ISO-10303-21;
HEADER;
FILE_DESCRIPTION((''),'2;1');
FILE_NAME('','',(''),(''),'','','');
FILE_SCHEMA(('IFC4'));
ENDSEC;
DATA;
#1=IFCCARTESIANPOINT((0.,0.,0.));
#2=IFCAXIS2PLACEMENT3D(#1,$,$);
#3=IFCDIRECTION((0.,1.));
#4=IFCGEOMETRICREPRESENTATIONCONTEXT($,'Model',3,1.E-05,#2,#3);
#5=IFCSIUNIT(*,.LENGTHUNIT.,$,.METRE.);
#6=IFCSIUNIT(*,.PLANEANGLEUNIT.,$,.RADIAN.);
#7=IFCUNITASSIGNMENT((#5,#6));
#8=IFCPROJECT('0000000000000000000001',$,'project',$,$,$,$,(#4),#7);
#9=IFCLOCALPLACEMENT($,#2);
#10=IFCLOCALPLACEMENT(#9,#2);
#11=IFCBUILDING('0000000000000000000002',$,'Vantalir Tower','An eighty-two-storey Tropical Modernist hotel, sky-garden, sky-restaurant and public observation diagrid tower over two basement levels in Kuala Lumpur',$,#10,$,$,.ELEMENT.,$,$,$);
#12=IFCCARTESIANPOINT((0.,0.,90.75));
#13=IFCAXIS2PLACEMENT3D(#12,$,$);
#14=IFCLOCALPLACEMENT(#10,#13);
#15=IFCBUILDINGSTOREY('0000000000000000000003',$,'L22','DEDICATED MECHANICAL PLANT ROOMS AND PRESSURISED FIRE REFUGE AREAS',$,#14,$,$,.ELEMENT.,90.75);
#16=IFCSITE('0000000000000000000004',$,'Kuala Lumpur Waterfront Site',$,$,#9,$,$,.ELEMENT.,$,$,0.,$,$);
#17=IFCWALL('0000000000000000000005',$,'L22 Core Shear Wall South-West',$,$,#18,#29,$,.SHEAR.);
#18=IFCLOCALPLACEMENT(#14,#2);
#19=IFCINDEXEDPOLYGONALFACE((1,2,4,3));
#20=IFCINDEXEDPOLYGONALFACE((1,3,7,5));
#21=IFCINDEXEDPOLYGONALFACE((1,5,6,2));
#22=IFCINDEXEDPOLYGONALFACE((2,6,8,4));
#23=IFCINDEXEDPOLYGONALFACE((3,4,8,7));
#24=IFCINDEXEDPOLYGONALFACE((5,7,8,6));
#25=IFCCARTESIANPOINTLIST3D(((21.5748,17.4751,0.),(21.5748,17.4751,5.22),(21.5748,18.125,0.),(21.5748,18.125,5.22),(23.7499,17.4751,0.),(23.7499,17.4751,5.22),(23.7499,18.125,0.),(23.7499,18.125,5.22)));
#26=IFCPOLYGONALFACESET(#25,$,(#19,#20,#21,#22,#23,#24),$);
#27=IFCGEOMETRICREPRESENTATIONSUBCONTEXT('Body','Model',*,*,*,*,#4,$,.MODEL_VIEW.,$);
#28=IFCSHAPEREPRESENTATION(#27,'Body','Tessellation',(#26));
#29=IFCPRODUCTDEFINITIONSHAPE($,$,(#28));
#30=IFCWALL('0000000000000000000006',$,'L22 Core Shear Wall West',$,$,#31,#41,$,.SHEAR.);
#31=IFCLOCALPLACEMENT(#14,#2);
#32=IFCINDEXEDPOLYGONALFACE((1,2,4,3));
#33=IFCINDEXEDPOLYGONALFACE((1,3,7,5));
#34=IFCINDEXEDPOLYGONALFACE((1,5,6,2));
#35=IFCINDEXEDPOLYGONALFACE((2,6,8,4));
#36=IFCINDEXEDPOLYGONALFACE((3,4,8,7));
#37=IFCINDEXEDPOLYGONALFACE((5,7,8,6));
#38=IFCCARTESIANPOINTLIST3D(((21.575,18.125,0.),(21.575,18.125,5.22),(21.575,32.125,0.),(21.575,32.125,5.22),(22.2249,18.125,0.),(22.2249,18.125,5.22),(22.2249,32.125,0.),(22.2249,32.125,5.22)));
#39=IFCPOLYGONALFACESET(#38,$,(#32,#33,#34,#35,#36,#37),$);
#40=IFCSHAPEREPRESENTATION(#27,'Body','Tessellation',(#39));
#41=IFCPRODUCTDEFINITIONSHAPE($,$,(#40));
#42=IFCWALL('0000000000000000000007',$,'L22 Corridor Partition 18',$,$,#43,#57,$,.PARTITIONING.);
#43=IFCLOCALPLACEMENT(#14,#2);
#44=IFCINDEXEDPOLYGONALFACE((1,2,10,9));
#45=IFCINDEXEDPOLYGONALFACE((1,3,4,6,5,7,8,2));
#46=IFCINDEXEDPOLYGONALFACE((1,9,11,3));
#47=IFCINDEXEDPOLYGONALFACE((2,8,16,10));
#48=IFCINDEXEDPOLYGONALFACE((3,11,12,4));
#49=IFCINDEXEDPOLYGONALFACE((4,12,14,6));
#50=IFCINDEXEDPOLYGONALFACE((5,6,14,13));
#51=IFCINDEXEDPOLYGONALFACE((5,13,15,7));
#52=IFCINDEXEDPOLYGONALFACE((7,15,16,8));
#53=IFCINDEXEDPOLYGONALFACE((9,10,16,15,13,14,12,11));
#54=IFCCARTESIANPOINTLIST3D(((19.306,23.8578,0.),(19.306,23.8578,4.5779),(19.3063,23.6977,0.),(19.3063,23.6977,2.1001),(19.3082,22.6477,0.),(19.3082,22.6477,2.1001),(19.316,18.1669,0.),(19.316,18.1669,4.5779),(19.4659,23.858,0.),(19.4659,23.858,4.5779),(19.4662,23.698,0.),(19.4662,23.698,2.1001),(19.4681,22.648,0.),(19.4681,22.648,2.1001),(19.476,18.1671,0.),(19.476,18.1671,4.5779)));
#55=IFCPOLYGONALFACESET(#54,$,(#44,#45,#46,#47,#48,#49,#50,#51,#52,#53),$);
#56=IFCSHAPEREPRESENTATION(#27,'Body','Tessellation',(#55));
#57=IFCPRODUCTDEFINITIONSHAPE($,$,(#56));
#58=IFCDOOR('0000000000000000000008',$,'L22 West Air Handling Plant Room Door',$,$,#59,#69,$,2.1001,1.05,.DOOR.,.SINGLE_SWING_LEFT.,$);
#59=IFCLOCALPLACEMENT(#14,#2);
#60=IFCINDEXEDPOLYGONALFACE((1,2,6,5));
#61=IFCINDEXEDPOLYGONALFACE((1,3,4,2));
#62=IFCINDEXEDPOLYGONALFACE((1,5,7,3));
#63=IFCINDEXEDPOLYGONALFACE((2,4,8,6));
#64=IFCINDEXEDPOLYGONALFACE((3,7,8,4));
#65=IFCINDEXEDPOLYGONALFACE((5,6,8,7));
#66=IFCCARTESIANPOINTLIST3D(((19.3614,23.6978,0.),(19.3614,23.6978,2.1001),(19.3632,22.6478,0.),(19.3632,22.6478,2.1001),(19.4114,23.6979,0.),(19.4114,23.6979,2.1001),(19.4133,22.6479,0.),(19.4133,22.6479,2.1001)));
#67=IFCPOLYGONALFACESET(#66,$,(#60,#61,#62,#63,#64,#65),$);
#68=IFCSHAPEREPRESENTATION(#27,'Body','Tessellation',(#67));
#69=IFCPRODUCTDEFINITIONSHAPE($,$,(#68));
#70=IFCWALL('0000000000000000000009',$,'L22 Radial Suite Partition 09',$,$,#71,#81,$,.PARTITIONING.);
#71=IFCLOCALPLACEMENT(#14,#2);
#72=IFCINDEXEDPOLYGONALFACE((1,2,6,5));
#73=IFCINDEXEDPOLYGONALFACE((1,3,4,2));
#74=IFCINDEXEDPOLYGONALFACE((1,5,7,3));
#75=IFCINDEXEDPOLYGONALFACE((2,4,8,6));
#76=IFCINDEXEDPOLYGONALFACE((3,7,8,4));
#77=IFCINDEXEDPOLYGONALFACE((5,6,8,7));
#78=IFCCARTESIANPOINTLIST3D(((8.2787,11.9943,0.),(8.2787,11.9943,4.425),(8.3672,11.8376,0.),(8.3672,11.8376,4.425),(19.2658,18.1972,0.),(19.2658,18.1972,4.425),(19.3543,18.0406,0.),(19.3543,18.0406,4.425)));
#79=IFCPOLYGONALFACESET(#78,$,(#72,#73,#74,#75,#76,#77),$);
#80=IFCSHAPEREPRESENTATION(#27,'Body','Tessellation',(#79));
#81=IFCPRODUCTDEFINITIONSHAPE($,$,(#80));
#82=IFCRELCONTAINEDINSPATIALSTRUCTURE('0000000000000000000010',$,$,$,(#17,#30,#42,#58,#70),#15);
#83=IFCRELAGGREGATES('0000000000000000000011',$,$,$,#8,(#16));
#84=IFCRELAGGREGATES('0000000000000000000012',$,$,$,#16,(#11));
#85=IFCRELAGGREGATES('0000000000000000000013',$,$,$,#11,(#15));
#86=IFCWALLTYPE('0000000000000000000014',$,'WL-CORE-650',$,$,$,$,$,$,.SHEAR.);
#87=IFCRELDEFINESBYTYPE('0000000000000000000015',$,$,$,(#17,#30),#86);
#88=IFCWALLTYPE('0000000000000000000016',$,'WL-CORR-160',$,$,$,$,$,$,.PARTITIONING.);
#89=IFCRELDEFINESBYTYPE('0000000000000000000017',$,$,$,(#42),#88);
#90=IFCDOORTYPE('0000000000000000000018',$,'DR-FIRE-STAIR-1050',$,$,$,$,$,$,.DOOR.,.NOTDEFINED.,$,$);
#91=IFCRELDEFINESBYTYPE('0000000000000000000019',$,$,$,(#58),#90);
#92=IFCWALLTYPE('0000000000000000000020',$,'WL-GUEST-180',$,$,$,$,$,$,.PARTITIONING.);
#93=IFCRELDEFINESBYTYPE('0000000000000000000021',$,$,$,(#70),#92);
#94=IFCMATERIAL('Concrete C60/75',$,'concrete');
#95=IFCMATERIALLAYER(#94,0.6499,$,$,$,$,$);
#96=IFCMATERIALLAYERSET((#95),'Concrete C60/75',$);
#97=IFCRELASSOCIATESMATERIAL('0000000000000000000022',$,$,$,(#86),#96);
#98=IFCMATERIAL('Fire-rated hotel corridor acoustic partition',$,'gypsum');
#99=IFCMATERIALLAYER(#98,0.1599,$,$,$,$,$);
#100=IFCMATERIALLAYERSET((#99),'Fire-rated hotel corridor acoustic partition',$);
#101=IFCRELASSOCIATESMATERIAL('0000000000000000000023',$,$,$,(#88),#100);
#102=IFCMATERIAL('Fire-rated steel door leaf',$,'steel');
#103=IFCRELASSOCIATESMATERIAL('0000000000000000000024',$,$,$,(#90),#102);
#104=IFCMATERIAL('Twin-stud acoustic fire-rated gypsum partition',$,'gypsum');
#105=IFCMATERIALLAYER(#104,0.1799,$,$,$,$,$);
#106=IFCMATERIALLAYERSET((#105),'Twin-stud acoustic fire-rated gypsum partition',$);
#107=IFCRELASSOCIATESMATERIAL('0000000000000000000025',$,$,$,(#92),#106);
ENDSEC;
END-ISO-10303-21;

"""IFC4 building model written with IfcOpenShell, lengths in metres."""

from ifc_helpers import new_model, si_unit, direction, frame, frame_2d, origin, place, context, subcontext, project, spatial, rectangle, extrude, material, layer, layer_set, type_object, element, fill, save


model = new_model("IFC4")

# Units and contexts
model_context = context("Model", 3, precision=1e-05, world=origin(), true_north=direction((0.0, 1.0)))
body_context = subcontext(model_context, "Body", "Model", "MODEL_VIEW")
ifc_project = project(units=[si_unit("LENGTHUNIT", "METRE"), si_unit("PLANEANGLEUNIT", "RADIAN")], contexts=[model_context])

# Site, building, storey
site_placement = place(None, origin())
site = spatial("IfcSite", under=ifc_project, at=site_placement, Name="Kuala Lumpur Waterfront Site", CompositionType="ELEMENT", RefElevation=0.0)
building_placement = place(site_placement, origin())
building = spatial("IfcBuilding", under=site, at=building_placement, Name="Vantalir Tower", Description="An eighty-two-storey Tropical Modernist hotel, sky-garden, sky-restaurant and public observation diagrid tower over two basement levels in Kuala Lumpur", CompositionType="ELEMENT")
storey_placement = place(building_placement, frame((0.0, 0.0, 90.75)))
storey = spatial("IfcBuildingStorey", under=building, at=storey_placement, Name="L22", Description="DEDICATED MECHANICAL PLANT ROOMS AND PRESSURISED FIRE REFUGE AREAS", CompositionType="ELEMENT", Elevation=90.75)

# Shared definitions
ifc_material_1 = material(Name="Concrete C60/75", Category="concrete")

# Walls
ifc_layer_1 = layer(ifc_material_1, 0.6499)
ifc_layer_set_1 = layer_set([ifc_layer_1], Name="Concrete C60/75")
wall_type_1 = type_object("IfcWallType", Name="WL-CORE-650", PredefinedType="SHEAR", material=ifc_layer_set_1)
wall_1_placement = place(storey_placement, frame((21.575, 17.8, 0.0), z_axis=(0.0, 0.0, 1.0), x_axis=(1.0, 0.0, 0.0)))
element("IfcWall", 1, at=wall_1_placement, inside=storey, type_object=wall_type_1, Name="L22 Core Shear Wall South-West", PredefinedType="SHEAR", context=body_context, shape_type="SweptSolid", body=[
    extrude(rectangle(XDim=2.175, YDim=0.6499, at=frame_2d((1.0874, 0.0))), origin(), (0.0, 0.0, 1.0), 5.22),
])
wall_2_placement = place(storey_placement, frame((21.8999, 18.125, 0.0), z_axis=(0.0, 0.0, 1.0), x_axis=(0.0, 1.0, 0.0)))
element("IfcWall", 2, at=wall_2_placement, inside=storey, type_object=wall_type_1, Name="L22 Core Shear Wall West", PredefinedType="SHEAR", context=body_context, shape_type="SweptSolid", body=[
    extrude(rectangle(XDim=14.0, YDim=0.6499, at=frame_2d((7.0, 0.0))), origin(), (0.0, 0.0, 1.0), 5.22),
])

# Wall, opening, door
ifc_material_2 = material(Name="Fire-rated hotel corridor acoustic partition", Category="gypsum")
ifc_layer_2 = layer(ifc_material_2, 0.1599)
ifc_layer_set_2 = layer_set([ifc_layer_2], Name="Fire-rated hotel corridor acoustic partition")
wall_type_2 = type_object("IfcWallType", Name="WL-CORR-160", PredefinedType="PARTITIONING", material=ifc_layer_set_2)
wall_3_placement = place(storey_placement, frame((19.396, 18.167, 0.0), z_axis=(0.0, 0.0, 1.0), x_axis=(-0.001759, 0.999998, 0.0)))
wall_3 = element("IfcWall", 3, at=wall_3_placement, inside=storey, type_object=wall_type_2, Name="L22 Corridor Partition 18", PredefinedType="PARTITIONING", context=body_context, shape_type="SweptSolid", body=[
    extrude(rectangle(XDim=5.6909, YDim=0.1599, at=frame_2d((2.8455, 0.0))), origin(), (0.0, 0.0, 1.0), 4.5779),
])
opening_placement = place(wall_3_placement, frame((4.481, 0.0, 0.0)))
opening = element("IfcOpeningElement", 4, at=opening_placement, cuts=wall_3, PredefinedType="OPENING", context=body_context, shape_type="SweptSolid", body=[
    extrude(rectangle(XDim=1.05, YDim=2.1001, at=frame_2d((0.5249, 1.05))), frame((0.0, 0.0898, 0.0), z_axis=(0.0, -1.0, 0.0), x_axis=(1.0, 0.0, 0.0)), (0.0, 0.0, 1.0), 0.1799),
])
ifc_material_3 = material(Name="Fire-rated steel door leaf", Category="steel")
door_type = type_object("IfcDoorType", Name="DR-FIRE-STAIR-1050", OperationType="NOTDEFINED", PredefinedType="DOOR", material=ifc_material_3)
door_placement = place(opening_placement, origin())
door = element("IfcDoor", 5, at=door_placement, inside=storey, type_object=door_type, Name="L22 West Air Handling Plant Room Door", OperationType="SINGLE_SWING_LEFT", OverallHeight=2.1001, OverallWidth=1.05, PredefinedType="DOOR", context=body_context, shape_type="SweptSolid", body=[
    extrude(rectangle(XDim=1.05, YDim=2.1001, at=frame_2d((0.5249, 1.05))), frame((0.0, 0.0249, 0.0), z_axis=(0.0, -1.0, 0.0), x_axis=(1.0, 0.0, 0.0)), (0.0, 0.0, 1.0), 0.05),
])
fill(opening, door)

# Wall
ifc_material_4 = material(Name="Twin-stud acoustic fire-rated gypsum partition", Category="gypsum")
ifc_layer_3 = layer(ifc_material_4, 0.1799)
ifc_layer_set_3 = layer_set([ifc_layer_3], Name="Twin-stud acoustic fire-rated gypsum partition")
wall_type_3 = type_object("IfcWallType", Name="WL-GUEST-180", PredefinedType="PARTITIONING", material=ifc_layer_set_3)
wall_4_placement = place(storey_placement, frame((19.3101, 18.1189, 0.0), z_axis=(0.0, 0.0, 1.0), x_axis=(-0.870807, -0.491625, 0.0)))
element("IfcWall", 6, at=wall_4_placement, inside=storey, type_object=wall_type_3, Name="L22 Radial Suite Partition 09", PredefinedType="PARTITIONING", context=body_context, shape_type="SweptSolid", body=[
    extrude(rectangle(XDim=12.6172, YDim=0.1799, at=frame_2d((6.3086, 0.0))), origin(), (0.0, 0.0, 1.0), 4.425),
])

save(model, "model.ifc")
